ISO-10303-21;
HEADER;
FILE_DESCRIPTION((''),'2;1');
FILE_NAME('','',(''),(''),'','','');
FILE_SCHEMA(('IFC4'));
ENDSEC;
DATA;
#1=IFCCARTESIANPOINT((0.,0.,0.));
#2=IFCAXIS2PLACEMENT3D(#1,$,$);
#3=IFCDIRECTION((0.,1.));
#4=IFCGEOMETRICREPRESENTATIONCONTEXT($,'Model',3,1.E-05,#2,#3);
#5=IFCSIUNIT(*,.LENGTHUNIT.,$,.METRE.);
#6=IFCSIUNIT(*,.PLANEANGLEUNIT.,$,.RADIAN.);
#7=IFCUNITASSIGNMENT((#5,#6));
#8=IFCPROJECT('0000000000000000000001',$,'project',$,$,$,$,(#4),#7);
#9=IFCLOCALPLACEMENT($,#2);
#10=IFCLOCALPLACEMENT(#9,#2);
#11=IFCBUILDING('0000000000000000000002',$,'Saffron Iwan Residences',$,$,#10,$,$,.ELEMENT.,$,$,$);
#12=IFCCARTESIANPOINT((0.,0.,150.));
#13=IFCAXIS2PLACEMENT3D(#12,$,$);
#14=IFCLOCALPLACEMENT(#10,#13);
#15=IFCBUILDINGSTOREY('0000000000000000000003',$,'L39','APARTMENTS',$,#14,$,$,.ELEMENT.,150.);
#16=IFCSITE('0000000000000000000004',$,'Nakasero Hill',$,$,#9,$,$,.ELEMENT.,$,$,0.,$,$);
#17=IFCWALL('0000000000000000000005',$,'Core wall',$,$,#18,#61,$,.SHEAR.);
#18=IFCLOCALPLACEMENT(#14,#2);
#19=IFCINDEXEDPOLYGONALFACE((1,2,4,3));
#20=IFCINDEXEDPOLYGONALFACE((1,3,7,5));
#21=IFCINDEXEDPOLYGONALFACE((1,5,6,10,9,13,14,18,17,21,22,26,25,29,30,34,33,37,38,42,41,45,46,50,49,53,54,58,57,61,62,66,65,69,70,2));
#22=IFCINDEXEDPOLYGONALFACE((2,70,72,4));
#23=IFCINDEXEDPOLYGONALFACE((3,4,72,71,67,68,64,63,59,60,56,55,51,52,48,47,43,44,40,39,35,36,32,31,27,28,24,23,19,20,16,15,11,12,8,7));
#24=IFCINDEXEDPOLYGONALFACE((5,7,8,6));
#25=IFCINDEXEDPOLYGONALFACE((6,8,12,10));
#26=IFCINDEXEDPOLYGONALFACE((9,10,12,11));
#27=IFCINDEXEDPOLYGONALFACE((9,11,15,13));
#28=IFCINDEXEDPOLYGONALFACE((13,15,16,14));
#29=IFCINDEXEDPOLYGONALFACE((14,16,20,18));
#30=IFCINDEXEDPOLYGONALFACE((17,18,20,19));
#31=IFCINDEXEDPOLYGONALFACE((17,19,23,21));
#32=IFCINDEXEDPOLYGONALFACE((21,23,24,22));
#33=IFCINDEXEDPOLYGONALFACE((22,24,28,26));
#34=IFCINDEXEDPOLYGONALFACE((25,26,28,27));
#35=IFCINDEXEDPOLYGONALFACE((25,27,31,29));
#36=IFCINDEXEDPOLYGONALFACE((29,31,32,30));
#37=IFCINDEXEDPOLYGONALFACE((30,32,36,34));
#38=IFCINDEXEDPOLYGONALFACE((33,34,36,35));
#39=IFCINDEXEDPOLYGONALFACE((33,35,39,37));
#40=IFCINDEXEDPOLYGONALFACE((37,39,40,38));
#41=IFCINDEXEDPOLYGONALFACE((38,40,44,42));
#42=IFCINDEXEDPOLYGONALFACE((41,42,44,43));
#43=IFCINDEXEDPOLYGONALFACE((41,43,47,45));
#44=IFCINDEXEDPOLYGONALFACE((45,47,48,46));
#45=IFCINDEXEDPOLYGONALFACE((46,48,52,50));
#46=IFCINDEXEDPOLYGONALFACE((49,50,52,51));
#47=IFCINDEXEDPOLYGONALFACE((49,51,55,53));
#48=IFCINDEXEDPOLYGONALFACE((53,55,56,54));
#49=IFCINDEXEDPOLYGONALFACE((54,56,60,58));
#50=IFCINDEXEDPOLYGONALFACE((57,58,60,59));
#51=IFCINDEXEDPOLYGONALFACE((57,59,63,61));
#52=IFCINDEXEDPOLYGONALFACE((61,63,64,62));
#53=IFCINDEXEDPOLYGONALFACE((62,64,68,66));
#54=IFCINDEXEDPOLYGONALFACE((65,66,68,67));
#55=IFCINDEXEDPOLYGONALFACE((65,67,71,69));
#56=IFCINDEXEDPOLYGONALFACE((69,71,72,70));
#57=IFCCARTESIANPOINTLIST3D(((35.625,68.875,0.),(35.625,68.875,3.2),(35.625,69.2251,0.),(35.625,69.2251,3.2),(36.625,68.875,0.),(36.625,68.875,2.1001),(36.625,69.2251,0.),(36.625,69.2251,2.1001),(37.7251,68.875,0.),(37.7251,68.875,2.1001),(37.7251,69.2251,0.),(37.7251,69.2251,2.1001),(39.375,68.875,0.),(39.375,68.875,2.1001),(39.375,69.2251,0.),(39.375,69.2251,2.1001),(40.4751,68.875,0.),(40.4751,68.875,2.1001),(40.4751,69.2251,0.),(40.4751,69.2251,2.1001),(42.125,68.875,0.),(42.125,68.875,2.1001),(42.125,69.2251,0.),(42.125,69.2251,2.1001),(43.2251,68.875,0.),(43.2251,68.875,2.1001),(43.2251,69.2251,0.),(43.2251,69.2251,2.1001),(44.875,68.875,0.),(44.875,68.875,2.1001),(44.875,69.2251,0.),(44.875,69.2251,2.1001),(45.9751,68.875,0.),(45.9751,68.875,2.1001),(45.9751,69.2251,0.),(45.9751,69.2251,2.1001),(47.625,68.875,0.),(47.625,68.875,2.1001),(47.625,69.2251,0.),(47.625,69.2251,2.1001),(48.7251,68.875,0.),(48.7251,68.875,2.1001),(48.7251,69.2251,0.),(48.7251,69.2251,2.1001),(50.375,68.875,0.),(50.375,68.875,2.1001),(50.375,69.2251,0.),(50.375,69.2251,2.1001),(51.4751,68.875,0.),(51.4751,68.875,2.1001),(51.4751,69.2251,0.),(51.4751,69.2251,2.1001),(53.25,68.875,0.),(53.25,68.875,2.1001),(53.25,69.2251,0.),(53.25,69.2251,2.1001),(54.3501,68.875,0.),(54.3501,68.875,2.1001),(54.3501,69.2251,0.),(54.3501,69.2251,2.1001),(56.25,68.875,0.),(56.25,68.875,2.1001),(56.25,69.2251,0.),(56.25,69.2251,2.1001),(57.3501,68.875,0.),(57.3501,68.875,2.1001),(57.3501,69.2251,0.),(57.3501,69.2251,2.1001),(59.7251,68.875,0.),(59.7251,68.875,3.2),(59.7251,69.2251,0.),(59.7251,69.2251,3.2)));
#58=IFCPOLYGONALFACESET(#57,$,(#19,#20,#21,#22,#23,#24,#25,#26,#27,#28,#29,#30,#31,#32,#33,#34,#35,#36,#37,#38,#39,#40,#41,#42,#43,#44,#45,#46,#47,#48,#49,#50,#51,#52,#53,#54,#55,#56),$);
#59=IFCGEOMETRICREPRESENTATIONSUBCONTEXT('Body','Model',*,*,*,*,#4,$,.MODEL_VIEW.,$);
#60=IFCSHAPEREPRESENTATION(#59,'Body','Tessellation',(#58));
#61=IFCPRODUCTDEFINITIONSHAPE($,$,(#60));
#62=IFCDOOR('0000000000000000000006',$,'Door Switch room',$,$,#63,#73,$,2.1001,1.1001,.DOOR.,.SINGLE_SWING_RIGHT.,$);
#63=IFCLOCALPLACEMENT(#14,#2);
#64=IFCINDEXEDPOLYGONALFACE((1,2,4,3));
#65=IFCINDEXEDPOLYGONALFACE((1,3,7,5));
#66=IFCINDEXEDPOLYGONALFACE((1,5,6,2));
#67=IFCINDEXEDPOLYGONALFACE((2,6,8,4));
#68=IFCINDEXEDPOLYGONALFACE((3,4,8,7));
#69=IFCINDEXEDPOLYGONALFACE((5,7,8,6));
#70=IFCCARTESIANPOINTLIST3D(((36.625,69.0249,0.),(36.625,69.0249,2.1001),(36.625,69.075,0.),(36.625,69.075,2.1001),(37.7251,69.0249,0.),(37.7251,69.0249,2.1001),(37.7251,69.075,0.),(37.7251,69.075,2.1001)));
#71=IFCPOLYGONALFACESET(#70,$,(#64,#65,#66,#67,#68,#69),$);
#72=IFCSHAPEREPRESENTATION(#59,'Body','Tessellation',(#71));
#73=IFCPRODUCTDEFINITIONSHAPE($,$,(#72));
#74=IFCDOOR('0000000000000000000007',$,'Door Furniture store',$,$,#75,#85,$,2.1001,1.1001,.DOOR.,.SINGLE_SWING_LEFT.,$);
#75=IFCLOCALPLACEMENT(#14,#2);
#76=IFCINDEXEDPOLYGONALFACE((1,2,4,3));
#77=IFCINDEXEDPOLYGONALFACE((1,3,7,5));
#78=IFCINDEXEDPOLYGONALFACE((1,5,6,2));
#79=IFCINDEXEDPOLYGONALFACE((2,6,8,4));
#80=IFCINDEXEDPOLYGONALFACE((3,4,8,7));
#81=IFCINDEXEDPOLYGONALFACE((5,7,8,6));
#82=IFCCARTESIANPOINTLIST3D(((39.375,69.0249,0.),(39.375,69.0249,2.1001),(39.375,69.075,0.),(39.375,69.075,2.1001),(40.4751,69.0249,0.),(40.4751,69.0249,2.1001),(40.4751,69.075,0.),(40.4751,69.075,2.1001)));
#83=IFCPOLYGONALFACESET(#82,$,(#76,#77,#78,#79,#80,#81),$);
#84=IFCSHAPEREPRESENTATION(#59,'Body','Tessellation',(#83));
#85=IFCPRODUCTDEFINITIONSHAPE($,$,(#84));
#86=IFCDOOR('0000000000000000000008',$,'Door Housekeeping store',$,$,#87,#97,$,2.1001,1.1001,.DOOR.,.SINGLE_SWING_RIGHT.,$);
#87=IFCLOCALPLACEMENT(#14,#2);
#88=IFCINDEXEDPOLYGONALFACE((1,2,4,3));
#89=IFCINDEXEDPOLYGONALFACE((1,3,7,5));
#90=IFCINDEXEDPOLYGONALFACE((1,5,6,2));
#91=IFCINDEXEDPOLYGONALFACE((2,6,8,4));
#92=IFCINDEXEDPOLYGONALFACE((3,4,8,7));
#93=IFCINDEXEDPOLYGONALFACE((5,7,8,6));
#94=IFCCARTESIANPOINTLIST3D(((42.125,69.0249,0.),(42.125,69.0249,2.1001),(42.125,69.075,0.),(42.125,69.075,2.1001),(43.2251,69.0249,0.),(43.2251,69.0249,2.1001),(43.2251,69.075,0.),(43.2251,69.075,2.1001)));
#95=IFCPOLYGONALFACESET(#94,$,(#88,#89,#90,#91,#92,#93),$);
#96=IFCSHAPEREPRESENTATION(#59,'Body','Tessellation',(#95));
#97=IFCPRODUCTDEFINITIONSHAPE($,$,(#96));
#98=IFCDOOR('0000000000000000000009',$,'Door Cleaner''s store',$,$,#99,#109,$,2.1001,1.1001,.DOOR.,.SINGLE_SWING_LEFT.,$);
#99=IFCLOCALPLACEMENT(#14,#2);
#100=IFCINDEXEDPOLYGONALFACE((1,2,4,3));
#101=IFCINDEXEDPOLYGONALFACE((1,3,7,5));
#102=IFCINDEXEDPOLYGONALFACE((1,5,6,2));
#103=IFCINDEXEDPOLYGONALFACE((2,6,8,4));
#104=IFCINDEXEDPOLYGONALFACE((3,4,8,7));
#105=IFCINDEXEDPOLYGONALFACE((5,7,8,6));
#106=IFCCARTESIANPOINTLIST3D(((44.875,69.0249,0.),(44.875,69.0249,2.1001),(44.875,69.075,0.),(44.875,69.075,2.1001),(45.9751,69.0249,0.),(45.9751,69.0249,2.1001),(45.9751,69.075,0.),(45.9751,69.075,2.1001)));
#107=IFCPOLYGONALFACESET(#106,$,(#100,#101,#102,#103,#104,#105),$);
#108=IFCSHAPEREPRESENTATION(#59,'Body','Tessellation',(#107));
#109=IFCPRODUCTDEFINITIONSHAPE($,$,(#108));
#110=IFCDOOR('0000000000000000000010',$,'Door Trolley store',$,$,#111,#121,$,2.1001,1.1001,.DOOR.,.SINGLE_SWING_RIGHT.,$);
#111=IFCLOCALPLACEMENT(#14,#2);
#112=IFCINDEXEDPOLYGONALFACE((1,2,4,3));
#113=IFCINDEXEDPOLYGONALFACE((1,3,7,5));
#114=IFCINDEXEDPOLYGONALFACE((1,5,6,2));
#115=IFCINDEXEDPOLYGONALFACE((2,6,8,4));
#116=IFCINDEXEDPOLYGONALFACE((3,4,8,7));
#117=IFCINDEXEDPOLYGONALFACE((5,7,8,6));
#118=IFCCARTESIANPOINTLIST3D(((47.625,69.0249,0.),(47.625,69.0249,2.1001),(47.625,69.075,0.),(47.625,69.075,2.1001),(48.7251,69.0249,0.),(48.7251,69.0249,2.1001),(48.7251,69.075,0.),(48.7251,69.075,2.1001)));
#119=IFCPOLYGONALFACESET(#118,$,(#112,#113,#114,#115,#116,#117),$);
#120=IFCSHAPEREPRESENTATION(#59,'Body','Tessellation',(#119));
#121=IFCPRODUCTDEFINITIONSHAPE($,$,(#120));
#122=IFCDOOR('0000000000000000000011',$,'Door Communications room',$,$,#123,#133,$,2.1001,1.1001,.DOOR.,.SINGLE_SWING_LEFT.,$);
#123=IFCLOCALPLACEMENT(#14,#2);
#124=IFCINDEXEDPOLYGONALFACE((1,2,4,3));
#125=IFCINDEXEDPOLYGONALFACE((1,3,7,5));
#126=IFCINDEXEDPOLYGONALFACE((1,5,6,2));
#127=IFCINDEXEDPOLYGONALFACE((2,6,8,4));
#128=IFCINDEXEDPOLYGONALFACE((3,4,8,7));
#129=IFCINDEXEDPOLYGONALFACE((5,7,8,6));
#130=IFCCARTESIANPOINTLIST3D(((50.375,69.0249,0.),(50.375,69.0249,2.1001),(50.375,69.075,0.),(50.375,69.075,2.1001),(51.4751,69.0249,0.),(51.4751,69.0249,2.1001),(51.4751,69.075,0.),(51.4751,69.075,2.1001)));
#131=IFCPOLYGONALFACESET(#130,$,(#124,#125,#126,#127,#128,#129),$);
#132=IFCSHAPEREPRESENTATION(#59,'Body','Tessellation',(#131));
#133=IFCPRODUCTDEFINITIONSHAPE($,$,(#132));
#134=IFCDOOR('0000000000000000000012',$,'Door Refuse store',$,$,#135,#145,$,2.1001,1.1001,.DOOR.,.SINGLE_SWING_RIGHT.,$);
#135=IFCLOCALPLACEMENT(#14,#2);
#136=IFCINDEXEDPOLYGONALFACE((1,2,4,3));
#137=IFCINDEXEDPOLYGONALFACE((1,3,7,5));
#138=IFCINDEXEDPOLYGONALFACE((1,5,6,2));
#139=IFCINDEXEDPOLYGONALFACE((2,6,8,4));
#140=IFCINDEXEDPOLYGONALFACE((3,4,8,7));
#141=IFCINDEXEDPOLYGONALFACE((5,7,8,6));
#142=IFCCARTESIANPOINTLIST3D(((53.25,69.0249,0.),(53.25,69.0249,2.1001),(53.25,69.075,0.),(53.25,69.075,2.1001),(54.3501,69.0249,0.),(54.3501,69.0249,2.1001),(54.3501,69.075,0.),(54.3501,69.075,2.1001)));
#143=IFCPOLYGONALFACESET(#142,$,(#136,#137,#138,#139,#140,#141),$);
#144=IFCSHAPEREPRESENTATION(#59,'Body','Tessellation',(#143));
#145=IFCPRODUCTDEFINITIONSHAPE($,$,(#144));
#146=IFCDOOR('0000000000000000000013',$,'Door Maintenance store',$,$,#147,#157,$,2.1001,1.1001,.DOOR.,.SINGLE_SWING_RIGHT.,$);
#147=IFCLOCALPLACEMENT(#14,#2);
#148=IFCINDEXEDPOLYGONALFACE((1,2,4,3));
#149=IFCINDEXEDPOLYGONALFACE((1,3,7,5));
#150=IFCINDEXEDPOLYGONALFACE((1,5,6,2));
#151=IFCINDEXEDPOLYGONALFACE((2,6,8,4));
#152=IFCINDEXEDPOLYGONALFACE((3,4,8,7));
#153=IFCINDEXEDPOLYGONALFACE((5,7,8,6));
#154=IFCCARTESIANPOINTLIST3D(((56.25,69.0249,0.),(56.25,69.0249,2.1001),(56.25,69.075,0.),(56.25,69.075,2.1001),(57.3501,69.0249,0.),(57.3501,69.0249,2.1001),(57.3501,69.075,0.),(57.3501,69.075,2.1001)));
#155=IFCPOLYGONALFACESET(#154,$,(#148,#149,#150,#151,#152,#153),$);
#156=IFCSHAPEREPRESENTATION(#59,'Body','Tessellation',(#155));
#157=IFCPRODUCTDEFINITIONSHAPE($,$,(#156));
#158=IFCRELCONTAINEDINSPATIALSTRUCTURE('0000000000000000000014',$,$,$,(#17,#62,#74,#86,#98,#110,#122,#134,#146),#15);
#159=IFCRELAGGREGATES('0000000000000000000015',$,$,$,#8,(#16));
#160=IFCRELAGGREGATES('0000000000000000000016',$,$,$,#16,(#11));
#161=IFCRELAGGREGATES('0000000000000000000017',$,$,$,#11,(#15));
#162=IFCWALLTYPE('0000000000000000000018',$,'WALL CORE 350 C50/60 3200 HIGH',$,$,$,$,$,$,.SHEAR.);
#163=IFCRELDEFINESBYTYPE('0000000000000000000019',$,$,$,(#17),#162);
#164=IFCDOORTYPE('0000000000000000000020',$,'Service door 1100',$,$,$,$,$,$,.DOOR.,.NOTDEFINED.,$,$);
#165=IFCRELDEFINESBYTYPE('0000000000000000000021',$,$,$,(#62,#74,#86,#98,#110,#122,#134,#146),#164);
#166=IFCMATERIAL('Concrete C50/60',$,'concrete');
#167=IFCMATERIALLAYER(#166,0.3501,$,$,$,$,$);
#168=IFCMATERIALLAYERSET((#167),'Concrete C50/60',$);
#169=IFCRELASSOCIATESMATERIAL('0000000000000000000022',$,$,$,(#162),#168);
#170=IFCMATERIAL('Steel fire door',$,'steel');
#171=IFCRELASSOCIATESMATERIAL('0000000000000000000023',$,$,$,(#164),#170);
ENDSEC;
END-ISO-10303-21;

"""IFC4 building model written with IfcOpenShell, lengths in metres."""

from ifc_helpers import new_model, si_unit, direction, frame, frame_2d, origin, place, context, subcontext, project, spatial, rectangle, extrude, material, layer, layer_set, type_object, element, fill, save


model = new_model("IFC4")

# Units and contexts
model_context = context("Model", 3, precision=1e-05, world=origin(), true_north=direction((0.0, 1.0)))
body_context = subcontext(model_context, "Body", "Model", "MODEL_VIEW")
ifc_project = project(units=[si_unit("LENGTHUNIT", "METRE"), si_unit("PLANEANGLEUNIT", "RADIAN")], contexts=[model_context])

# Site, building, storey
site_placement = place(None, origin())
site = spatial("IfcSite", under=ifc_project, at=site_placement, Name="Nakasero Hill", CompositionType="ELEMENT", RefElevation=0.0)
building_placement = place(site_placement, origin())
building = spatial("IfcBuilding", under=site, at=building_placement, Name="Saffron Iwan Residences", CompositionType="ELEMENT")
storey_placement = place(building_placement, frame((0.0, 0.0, 150.0)))
storey = spatial("IfcBuildingStorey", under=building, at=storey_placement, Name="L39", Description="APARTMENTS", CompositionType="ELEMENT", Elevation=150.0)

# Shared definitions
ifc_material_1 = material(Name="Concrete C50/60", Category="concrete")

# Shared definitions
ifc_material_2 = material(Name="Steel fire door", Category="steel")

# Wall, openings, doors
ifc_layer_1 = layer(ifc_material_1, 0.3501)
ifc_layer_set_1 = layer_set([ifc_layer_1], Name="Concrete C50/60")
wall_type_1 = type_object("IfcWallType", Name="WALL CORE 350 C50/60 3200 HIGH", PredefinedType="SHEAR", material=ifc_layer_set_1)
wall_1_placement = place(storey_placement, frame((35.625, 69.05, 0.0), z_axis=(0.0, 0.0, 1.0), x_axis=(1.0, 0.0, 0.0)))
wall_1 = element("IfcWall", 1, at=wall_1_placement, inside=storey, type_object=wall_type_1, Name="Core wall", PredefinedType="SHEAR", context=body_context, shape_type="SweptSolid", body=[
    extrude(rectangle(XDim=24.1001, YDim=0.3501, at=frame_2d((12.05, 0.0))), origin(), (0.0, 0.0, 1.0), 3.2),
])
opening_1_placement = place(wall_1_placement, frame((1.0, 0.0, 0.0)))
opening_1 = element("IfcOpeningElement", 2, at=opening_1_placement, cuts=wall_1, PredefinedType="OPENING", context=body_context, shape_type="SweptSolid", body=[
    extrude(rectangle(XDim=1.1001, YDim=2.1001, at=frame_2d((0.55, 1.05))), frame((0.0, 0.1851, 0.0), z_axis=(0.0, -1.0, 0.0), x_axis=(1.0, 0.0, 0.0)), (0.0, 0.0, 1.0), 0.3701),
])
opening_2_placement = place(wall_1_placement, frame((3.75, 0.0, 0.0)))
opening_2 = element("IfcOpeningElement", 3, at=opening_2_placement, cuts=wall_1, PredefinedType="OPENING", context=body_context, shape_type="SweptSolid", body=[
    extrude(rectangle(XDim=1.1001, YDim=2.1001, at=frame_2d((0.55, 1.05))), frame((0.0, 0.1851, 0.0), z_axis=(0.0, -1.0, 0.0), x_axis=(1.0, 0.0, 0.0)), (0.0, 0.0, 1.0), 0.3701),
])
opening_3_placement = place(wall_1_placement, frame((6.5, 0.0, 0.0)))
opening_3 = element("IfcOpeningElement", 4, at=opening_3_placement, cuts=wall_1, PredefinedType="OPENING", context=body_context, shape_type="SweptSolid", body=[
    extrude(rectangle(XDim=1.1001, YDim=2.1001, at=frame_2d((0.55, 1.05))), frame((0.0, 0.1851, 0.0), z_axis=(0.0, -1.0, 0.0), x_axis=(1.0, 0.0, 0.0)), (0.0, 0.0, 1.0), 0.3701),
])
opening_4_placement = place(wall_1_placement, frame((9.25, 0.0, 0.0)))
opening_4 = element("IfcOpeningElement", 5, at=opening_4_placement, cuts=wall_1, PredefinedType="OPENING", context=body_context, shape_type="SweptSolid", body=[
    extrude(rectangle(XDim=1.1001, YDim=2.1001, at=frame_2d((0.55, 1.05))), frame((0.0, 0.1851, 0.0), z_axis=(0.0, -1.0, 0.0), x_axis=(1.0, 0.0, 0.0)), (0.0, 0.0, 1.0), 0.3701),
])
opening_5_placement = place(wall_1_placement, frame((12.0, 0.0, 0.0)))
opening_5 = element("IfcOpeningElement", 6, at=opening_5_placement, cuts=wall_1, PredefinedType="OPENING", context=body_context, shape_type="SweptSolid", body=[
    extrude(rectangle(XDim=1.1001, YDim=2.1001, at=frame_2d((0.55, 1.05))), frame((0.0, 0.1851, 0.0), z_axis=(0.0, -1.0, 0.0), x_axis=(1.0, 0.0, 0.0)), (0.0, 0.0, 1.0), 0.3701),
])
opening_6_placement = place(wall_1_placement, frame((14.75, 0.0, 0.0)))
opening_6 = element("IfcOpeningElement", 7, at=opening_6_placement, cuts=wall_1, PredefinedType="OPENING", context=body_context, shape_type="SweptSolid", body=[
    extrude(rectangle(XDim=1.1001, YDim=2.1001, at=frame_2d((0.55, 1.05))), frame((0.0, 0.1851, 0.0), z_axis=(0.0, -1.0, 0.0), x_axis=(1.0, 0.0, 0.0)), (0.0, 0.0, 1.0), 0.3701),
])
opening_7_placement = place(wall_1_placement, frame((17.625, 0.0, 0.0)))
opening_7 = element("IfcOpeningElement", 8, at=opening_7_placement, cuts=wall_1, PredefinedType="OPENING", context=body_context, shape_type="SweptSolid", body=[
    extrude(rectangle(XDim=1.1001, YDim=2.1001, at=frame_2d((0.55, 1.05))), frame((0.0, 0.1851, 0.0), z_axis=(0.0, -1.0, 0.0), x_axis=(1.0, 0.0, 0.0)), (0.0, 0.0, 1.0), 0.3701),
])
opening_8_placement = place(wall_1_placement, frame((20.625, 0.0, 0.0)))
opening_8 = element("IfcOpeningElement", 9, at=opening_8_placement, cuts=wall_1, PredefinedType="OPENING", context=body_context, shape_type="SweptSolid", body=[
    extrude(rectangle(XDim=1.1001, YDim=2.1001, at=frame_2d((0.55, 1.05))), frame((0.0, 0.1851, 0.0), z_axis=(0.0, -1.0, 0.0), x_axis=(1.0, 0.0, 0.0)), (0.0, 0.0, 1.0), 0.3701),
])
door_type_1 = type_object("IfcDoorType", Name="Service door 1100", OperationType="NOTDEFINED", PredefinedType="DOOR", material=ifc_material_2)
door_1_placement = place(opening_1_placement, origin())
door_1 = element("IfcDoor", 10, at=door_1_placement, inside=storey, type_object=door_type_1, Name="Door Switch room", OperationType="SINGLE_SWING_RIGHT", OverallHeight=2.1001, OverallWidth=1.1001, PredefinedType="DOOR", context=body_context, shape_type="SweptSolid", body=[
    extrude(rectangle(XDim=1.1001, YDim=2.1001, at=frame_2d((0.55, 1.05))), frame((0.0, 0.0249, 0.0), z_axis=(0.0, -1.0, 0.0), x_axis=(1.0, 0.0, 0.0)), (0.0, 0.0, 1.0), 0.05),
])
fill(opening_1, door_1)
door_2_placement = place(opening_2_placement, origin())
door_2 = element("IfcDoor", 11, at=door_2_placement, inside=storey, type_object=door_type_1, Name="Door Furniture store", OperationType="SINGLE_SWING_LEFT", OverallHeight=2.1001, OverallWidth=1.1001, PredefinedType="DOOR", context=body_context, shape_type="SweptSolid", body=[
    extrude(rectangle(XDim=1.1001, YDim=2.1001, at=frame_2d((0.55, 1.05))), frame((0.0, 0.0249, 0.0), z_axis=(0.0, -1.0, 0.0), x_axis=(1.0, 0.0, 0.0)), (0.0, 0.0, 1.0), 0.05),
])
fill(opening_2, door_2)
door_3_placement = place(opening_3_placement, origin())
door_3 = element("IfcDoor", 12, at=door_3_placement, inside=storey, type_object=door_type_1, Name="Door Housekeeping store", OperationType="SINGLE_SWING_RIGHT", OverallHeight=2.1001, OverallWidth=1.1001, PredefinedType="DOOR", context=body_context, shape_type="SweptSolid", body=[
    extrude(rectangle(XDim=1.1001, YDim=2.1001, at=frame_2d((0.55, 1.05))), frame((0.0, 0.0249, 0.0), z_axis=(0.0, -1.0, 0.0), x_axis=(1.0, 0.0, 0.0)), (0.0, 0.0, 1.0), 0.05),
])
fill(opening_3, door_3)
door_4_placement = place(opening_4_placement, origin())
door_4 = element("IfcDoor", 13, at=door_4_placement, inside=storey, type_object=door_type_1, Name="Door Cleaner's store", OperationType="SINGLE_SWING_LEFT", OverallHeight=2.1001, OverallWidth=1.1001, PredefinedType="DOOR", context=body_context, shape_type="SweptSolid", body=[
    extrude(rectangle(XDim=1.1001, YDim=2.1001, at=frame_2d((0.55, 1.05))), frame((0.0, 0.0249, 0.0), z_axis=(0.0, -1.0, 0.0), x_axis=(1.0, 0.0, 0.0)), (0.0, 0.0, 1.0), 0.05),
])
fill(opening_4, door_4)
door_5_placement = place(opening_5_placement, origin())
door_5 = element("IfcDoor", 14, at=door_5_placement, inside=storey, type_object=door_type_1, Name="Door Trolley store", OperationType="SINGLE_SWING_RIGHT", OverallHeight=2.1001, OverallWidth=1.1001, PredefinedType="DOOR", context=body_context, shape_type="SweptSolid", body=[
    extrude(rectangle(XDim=1.1001, YDim=2.1001, at=frame_2d((0.55, 1.05))), frame((0.0, 0.0249, 0.0), z_axis=(0.0, -1.0, 0.0), x_axis=(1.0, 0.0, 0.0)), (0.0, 0.0, 1.0), 0.05),
])
fill(opening_5, door_5)
door_6_placement = place(opening_6_placement, origin())
door_6 = element("IfcDoor", 15, at=door_6_placement, inside=storey, type_object=door_type_1, Name="Door Communications room", OperationType="SINGLE_SWING_LEFT", OverallHeight=2.1001, OverallWidth=1.1001, PredefinedType="DOOR", context=body_context, shape_type="SweptSolid", body=[
    extrude(rectangle(XDim=1.1001, YDim=2.1001, at=frame_2d((0.55, 1.05))), frame((0.0, 0.0249, 0.0), z_axis=(0.0, -1.0, 0.0), x_axis=(1.0, 0.0, 0.0)), (0.0, 0.0, 1.0), 0.05),
])
fill(opening_6, door_6)
door_7_placement = place(opening_7_placement, origin())
door_7 = element("IfcDoor", 16, at=door_7_placement, inside=storey, type_object=door_type_1, Name="Door Refuse store", OperationType="SINGLE_SWING_RIGHT", OverallHeight=2.1001, OverallWidth=1.1001, PredefinedType="DOOR", context=body_context, shape_type="SweptSolid", body=[
    extrude(rectangle(XDim=1.1001, YDim=2.1001, at=frame_2d((0.55, 1.05))), frame((0.0, 0.0249, 0.0), z_axis=(0.0, -1.0, 0.0), x_axis=(1.0, 0.0, 0.0)), (0.0, 0.0, 1.0), 0.05),
])
fill(opening_7, door_7)
door_8_placement = place(opening_8_placement, origin())
door_8 = element("IfcDoor", 17, at=door_8_placement, inside=storey, type_object=door_type_1, Name="Door Maintenance store", OperationType="SINGLE_SWING_RIGHT", OverallHeight=2.1001, OverallWidth=1.1001, PredefinedType="DOOR", context=body_context, shape_type="SweptSolid", body=[
    extrude(rectangle(XDim=1.1001, YDim=2.1001, at=frame_2d((0.55, 1.05))), frame((0.0, 0.0249, 0.0), z_axis=(0.0, -1.0, 0.0), x_axis=(1.0, 0.0, 0.0)), (0.0, 0.0, 1.0), 0.05),
])
fill(opening_8, door_8)

save(model, "model.ifc")
